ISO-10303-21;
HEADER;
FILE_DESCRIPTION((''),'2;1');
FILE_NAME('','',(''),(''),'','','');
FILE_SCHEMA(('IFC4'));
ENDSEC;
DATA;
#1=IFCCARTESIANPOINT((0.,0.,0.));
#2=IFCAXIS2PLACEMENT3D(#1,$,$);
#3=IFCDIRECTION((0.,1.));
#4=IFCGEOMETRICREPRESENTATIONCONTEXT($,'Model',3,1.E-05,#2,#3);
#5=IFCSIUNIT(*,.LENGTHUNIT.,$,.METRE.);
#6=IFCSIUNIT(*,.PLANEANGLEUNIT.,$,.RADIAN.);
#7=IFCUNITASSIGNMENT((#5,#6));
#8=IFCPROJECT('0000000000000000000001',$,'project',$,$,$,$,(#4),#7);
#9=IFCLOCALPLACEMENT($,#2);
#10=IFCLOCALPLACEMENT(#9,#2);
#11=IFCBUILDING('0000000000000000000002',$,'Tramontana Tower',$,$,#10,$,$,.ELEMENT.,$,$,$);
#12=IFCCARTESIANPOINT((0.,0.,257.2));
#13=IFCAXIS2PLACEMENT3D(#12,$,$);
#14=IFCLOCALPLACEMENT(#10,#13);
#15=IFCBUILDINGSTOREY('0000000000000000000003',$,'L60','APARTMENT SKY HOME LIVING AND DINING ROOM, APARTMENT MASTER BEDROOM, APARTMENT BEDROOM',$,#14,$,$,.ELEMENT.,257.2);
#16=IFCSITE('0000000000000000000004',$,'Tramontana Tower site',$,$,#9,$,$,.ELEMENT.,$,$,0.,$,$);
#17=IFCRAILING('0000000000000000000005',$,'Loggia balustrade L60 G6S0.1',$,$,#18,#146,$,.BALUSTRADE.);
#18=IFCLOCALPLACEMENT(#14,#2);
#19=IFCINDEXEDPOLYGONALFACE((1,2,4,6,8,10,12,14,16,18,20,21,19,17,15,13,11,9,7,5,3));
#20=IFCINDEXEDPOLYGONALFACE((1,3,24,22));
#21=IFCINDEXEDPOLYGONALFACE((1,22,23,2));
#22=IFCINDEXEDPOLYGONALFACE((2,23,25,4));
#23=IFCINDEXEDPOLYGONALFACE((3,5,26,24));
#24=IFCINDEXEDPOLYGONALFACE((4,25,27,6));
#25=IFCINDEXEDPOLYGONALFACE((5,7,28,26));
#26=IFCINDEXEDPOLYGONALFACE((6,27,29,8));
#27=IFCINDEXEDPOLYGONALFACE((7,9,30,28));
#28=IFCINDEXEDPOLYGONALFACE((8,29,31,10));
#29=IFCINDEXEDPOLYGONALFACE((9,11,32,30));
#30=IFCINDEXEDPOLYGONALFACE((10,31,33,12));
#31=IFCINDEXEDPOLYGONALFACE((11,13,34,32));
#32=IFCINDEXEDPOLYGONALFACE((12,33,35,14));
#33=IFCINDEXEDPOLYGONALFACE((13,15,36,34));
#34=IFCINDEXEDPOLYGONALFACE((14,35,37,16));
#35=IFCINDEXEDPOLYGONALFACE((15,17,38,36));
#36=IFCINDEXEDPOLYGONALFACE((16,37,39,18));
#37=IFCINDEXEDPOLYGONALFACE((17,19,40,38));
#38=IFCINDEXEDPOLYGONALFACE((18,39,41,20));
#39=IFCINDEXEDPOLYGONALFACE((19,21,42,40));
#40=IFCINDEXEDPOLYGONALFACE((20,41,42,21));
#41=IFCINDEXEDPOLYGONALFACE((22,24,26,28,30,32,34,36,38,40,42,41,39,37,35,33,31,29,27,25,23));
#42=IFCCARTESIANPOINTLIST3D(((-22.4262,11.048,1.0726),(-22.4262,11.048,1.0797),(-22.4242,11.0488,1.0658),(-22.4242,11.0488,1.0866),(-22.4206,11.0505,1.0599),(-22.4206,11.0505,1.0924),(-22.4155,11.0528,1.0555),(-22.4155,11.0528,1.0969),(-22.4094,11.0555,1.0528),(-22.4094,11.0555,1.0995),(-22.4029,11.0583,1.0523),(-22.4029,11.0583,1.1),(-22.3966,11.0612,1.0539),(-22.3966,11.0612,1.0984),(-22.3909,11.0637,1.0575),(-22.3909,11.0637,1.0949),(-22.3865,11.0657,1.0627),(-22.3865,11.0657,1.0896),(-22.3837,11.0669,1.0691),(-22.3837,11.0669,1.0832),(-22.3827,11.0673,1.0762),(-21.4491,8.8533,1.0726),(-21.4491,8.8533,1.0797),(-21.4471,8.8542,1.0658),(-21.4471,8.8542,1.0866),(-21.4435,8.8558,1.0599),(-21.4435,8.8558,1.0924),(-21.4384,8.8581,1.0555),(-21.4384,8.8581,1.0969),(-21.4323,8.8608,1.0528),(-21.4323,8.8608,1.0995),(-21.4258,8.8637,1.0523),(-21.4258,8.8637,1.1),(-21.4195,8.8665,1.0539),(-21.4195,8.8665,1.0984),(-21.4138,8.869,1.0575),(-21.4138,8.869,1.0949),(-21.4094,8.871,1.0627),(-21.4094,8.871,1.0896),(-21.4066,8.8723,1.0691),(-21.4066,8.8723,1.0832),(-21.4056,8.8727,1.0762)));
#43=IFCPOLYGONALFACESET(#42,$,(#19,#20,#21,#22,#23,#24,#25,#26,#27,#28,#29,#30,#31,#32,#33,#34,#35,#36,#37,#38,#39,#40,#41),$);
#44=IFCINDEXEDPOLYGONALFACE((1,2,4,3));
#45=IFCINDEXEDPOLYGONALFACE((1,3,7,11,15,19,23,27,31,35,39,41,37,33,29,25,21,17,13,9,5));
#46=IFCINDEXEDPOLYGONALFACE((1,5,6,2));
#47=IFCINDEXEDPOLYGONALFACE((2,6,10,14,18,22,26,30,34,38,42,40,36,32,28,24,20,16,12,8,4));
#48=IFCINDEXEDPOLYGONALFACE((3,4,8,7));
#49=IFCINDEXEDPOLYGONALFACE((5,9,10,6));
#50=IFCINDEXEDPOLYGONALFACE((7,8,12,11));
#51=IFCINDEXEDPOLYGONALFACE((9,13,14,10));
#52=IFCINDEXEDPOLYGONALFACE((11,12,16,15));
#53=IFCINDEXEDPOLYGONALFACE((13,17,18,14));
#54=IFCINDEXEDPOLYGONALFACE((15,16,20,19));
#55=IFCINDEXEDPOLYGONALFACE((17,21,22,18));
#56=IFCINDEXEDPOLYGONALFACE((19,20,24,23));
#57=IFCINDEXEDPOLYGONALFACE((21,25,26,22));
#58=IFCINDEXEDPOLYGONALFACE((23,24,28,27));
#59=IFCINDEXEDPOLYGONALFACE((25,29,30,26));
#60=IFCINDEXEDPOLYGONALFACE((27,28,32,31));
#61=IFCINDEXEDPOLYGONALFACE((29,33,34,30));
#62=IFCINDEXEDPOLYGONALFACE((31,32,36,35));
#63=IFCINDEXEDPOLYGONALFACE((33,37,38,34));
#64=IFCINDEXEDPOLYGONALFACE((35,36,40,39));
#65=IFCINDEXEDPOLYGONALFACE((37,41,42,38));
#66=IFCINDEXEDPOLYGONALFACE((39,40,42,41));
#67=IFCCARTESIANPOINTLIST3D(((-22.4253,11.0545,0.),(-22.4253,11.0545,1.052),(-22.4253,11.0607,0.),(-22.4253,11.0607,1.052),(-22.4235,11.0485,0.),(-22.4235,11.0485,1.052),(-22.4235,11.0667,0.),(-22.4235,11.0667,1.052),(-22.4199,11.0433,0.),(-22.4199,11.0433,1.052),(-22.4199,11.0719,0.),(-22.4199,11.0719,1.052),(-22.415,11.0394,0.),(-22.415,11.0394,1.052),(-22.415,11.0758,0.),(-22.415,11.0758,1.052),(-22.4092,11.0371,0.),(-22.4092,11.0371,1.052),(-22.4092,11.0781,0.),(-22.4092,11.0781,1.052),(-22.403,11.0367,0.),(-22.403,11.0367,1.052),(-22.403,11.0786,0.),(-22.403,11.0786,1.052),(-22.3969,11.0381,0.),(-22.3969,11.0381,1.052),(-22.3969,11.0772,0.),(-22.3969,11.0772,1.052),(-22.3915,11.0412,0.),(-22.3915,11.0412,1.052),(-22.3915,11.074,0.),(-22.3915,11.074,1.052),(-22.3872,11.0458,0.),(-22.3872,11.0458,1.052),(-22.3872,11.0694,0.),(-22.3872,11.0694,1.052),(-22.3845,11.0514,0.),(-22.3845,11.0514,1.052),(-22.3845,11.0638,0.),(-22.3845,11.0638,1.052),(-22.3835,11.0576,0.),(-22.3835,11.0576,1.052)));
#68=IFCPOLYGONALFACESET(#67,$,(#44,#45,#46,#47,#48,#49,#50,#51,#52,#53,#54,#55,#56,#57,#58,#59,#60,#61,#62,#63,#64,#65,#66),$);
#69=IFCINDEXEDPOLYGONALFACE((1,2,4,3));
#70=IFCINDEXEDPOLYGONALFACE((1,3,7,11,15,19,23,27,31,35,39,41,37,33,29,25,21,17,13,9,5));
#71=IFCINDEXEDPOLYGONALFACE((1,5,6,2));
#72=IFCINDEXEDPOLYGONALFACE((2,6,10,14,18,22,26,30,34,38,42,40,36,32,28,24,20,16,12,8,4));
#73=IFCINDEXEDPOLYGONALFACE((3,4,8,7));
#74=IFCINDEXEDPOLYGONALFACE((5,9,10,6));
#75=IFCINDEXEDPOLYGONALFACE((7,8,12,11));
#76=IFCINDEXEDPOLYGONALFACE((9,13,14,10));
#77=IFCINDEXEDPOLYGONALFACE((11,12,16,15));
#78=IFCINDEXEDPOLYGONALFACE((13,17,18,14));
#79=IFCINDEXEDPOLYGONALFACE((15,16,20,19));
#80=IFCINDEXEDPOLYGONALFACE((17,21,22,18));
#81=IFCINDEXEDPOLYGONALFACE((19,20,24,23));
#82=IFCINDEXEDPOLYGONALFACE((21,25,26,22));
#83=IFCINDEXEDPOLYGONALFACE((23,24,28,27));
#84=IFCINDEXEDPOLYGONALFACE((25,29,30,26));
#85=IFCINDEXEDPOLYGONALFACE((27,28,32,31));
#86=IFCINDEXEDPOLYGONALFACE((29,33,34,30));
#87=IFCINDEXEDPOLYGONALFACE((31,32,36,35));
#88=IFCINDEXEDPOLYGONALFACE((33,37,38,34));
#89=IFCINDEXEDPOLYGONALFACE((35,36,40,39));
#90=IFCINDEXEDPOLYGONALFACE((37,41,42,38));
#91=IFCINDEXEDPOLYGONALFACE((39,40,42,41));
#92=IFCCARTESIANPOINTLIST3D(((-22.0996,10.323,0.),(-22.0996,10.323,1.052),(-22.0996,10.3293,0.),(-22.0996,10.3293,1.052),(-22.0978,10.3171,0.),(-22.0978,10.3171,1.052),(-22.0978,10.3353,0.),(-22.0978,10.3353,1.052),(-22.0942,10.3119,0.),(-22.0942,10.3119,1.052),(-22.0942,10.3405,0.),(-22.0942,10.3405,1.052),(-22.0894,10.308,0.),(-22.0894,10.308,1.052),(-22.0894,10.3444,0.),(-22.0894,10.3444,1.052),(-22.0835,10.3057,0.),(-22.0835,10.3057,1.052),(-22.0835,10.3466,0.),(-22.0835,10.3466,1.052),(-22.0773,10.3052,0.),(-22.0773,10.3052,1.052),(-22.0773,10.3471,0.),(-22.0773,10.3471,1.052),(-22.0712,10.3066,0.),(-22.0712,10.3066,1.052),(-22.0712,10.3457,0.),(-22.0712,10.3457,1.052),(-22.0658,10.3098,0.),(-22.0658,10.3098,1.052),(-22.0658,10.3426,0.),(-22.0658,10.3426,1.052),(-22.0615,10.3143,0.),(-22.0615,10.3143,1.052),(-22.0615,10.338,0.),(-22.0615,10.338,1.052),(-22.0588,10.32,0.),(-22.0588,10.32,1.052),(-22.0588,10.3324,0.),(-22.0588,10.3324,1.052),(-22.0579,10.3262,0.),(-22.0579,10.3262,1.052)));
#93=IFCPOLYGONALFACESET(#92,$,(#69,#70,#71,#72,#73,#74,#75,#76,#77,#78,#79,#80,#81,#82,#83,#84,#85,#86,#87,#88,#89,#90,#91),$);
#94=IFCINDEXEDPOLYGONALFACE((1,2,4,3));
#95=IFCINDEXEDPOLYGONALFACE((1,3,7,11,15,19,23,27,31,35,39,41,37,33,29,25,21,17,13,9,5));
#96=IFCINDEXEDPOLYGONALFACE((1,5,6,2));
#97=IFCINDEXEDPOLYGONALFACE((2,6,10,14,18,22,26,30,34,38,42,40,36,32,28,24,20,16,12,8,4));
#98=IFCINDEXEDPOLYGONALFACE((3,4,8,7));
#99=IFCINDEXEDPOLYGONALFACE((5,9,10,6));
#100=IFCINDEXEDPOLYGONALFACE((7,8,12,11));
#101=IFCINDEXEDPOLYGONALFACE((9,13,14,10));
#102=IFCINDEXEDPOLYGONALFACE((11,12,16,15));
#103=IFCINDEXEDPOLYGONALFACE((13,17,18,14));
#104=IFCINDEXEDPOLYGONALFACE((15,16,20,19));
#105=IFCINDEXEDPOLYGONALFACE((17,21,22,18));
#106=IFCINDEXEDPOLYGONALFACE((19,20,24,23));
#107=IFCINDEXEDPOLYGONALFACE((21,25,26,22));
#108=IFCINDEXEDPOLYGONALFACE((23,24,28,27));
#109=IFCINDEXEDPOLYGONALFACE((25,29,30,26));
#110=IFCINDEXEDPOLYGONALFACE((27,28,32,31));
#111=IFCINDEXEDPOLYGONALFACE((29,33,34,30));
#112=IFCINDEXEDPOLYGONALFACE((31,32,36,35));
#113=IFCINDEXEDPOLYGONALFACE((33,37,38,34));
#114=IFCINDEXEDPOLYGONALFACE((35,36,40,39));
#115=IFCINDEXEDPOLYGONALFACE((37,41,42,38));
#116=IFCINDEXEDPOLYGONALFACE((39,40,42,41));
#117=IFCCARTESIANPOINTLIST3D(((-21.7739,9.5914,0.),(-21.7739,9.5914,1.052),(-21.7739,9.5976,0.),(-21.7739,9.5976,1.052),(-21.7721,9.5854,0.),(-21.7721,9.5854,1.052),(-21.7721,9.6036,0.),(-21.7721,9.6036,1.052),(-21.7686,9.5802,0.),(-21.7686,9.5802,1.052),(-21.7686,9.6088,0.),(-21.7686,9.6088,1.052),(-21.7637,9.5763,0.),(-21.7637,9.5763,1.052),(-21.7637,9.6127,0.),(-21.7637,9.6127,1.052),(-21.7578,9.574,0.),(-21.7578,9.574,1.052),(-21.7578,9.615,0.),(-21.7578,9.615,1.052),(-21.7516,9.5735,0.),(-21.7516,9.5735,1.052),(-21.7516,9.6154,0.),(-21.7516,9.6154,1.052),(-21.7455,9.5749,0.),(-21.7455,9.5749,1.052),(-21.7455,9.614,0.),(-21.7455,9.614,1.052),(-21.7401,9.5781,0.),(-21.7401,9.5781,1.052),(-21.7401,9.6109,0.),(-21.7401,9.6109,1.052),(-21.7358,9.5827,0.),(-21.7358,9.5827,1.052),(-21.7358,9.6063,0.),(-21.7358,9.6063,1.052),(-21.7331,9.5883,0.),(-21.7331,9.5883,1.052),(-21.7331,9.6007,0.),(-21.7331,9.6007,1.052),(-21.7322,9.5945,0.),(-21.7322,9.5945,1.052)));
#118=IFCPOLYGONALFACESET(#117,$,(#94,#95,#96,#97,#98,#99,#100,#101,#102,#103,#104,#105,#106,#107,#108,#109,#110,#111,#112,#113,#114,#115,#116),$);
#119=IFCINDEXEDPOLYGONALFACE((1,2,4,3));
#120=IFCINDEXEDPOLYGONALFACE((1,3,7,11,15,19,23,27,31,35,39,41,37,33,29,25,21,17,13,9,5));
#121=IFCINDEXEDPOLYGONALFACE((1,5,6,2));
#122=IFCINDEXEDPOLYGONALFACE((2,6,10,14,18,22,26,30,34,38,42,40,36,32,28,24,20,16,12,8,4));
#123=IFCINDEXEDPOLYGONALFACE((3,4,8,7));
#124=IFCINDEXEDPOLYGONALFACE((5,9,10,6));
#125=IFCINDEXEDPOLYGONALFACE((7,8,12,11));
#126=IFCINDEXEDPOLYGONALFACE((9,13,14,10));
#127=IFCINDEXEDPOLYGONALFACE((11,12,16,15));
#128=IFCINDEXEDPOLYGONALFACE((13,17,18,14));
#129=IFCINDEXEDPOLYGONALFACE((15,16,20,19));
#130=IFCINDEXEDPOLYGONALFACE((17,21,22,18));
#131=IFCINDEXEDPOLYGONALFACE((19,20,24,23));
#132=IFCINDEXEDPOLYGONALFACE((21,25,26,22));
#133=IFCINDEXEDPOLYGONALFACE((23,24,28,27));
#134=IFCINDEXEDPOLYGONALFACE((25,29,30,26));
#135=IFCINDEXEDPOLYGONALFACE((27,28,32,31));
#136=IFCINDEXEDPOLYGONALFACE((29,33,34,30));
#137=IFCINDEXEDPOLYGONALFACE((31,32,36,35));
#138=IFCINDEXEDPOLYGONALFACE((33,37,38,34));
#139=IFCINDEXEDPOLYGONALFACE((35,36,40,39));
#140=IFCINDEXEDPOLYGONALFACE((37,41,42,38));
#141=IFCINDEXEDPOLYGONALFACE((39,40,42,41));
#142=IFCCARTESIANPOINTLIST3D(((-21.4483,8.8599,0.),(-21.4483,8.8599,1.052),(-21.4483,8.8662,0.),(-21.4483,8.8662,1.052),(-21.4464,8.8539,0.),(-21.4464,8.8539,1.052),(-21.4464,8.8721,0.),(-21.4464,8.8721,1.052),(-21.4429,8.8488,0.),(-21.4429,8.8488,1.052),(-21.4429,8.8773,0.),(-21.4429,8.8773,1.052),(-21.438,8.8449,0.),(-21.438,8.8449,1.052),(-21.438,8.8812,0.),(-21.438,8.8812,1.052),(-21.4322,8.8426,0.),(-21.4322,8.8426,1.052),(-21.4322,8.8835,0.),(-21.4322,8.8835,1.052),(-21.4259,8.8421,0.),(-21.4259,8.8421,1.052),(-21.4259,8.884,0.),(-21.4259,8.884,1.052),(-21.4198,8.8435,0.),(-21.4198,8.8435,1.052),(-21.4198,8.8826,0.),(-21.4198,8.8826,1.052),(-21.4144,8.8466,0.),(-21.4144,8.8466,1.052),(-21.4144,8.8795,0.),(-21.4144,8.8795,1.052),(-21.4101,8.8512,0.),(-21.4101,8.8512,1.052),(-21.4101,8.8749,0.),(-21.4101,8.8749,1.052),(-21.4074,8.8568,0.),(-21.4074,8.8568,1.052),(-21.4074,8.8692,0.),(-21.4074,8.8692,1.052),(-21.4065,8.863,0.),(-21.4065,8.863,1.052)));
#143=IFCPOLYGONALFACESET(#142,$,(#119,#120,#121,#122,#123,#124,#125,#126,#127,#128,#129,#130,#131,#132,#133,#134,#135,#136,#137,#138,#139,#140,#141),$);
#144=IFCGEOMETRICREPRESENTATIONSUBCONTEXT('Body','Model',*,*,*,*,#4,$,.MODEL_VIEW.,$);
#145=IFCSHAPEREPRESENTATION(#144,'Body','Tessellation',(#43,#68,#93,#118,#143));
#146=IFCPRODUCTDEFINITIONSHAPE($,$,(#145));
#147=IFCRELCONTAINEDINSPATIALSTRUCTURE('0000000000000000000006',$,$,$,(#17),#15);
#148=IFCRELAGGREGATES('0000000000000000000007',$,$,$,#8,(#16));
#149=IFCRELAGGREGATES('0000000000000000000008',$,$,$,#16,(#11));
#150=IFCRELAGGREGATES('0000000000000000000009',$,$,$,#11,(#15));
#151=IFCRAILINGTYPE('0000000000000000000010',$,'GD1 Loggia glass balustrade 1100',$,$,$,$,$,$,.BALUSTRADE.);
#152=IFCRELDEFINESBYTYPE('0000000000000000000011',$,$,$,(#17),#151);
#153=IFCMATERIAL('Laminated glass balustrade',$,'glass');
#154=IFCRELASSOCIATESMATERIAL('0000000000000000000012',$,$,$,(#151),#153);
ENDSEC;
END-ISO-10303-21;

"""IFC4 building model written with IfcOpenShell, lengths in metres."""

from ifc_helpers import new_model, si_unit, direction, frame, origin, origin_2d, place, context, subcontext, project, spatial, circle, extrude, material, type_object, element, save


model = new_model("IFC4")

# Units and contexts
model_context = context("Model", 3, precision=1e-05, world=origin(), true_north=direction((0.0, 1.0)))
body_context = subcontext(model_context, "Body", "Model", "MODEL_VIEW")
ifc_project = project(units=[si_unit("LENGTHUNIT", "METRE"), si_unit("PLANEANGLEUNIT", "RADIAN")], contexts=[model_context])

# Site, building, storey
site_placement = place(None, origin())
site = spatial("IfcSite", under=ifc_project, at=site_placement, Name="Tramontana Tower site", CompositionType="ELEMENT", RefElevation=0.0)
building_placement = place(site_placement, origin())
building = spatial("IfcBuilding", under=site, at=building_placement, Name="Tramontana Tower", CompositionType="ELEMENT")
storey_placement = place(building_placement, frame((0.0, 0.0, 257.2)))
storey = spatial("IfcBuildingStorey", under=building, at=storey_placement, Name="L60", Description="APARTMENT SKY HOME LIVING AND DINING ROOM, APARTMENT MASTER BEDROOM, APARTMENT BEDROOM", CompositionType="ELEMENT", Elevation=257.2)

# Railing
ifc_material_1 = material(Name="Laminated glass balustrade", Category="glass")
railing_type = type_object("IfcRailingType", Name="GD1 Loggia glass balustrade 1100", PredefinedType="BALUSTRADE", material=ifc_material_1)
railing_placement = place(storey_placement, frame((-22.4045, 11.0576, 0.0)))
element("IfcRailing", 1, at=railing_placement, inside=storey, type_object=railing_type, Name="Loggia balustrade L60 G6S0.1", PredefinedType="BALUSTRADE", context=body_context, shape_type="SweptSolid", body=[
    extrude(circle(Radius=0.0239, at=origin_2d()), frame((0.0, 0.0, 1.0762), z_axis=(0.406723, -0.913552, 0.0), x_axis=(0.913552, 0.406723, 0.0)), (0.0, 0.0, 1.0), 2.4023),
    extrude(circle(Radius=0.021, at=origin_2d()), origin(), (0.0, 0.0, 1.0), 1.052),
    extrude(circle(Radius=0.021, at=origin_2d()), frame((0.3257, -0.7314, 0.0)), (0.0, 0.0, 1.0), 1.052),
    extrude(circle(Radius=0.021, at=origin_2d()), frame((0.6514, -1.4631, 0.0)), (0.0, 0.0, 1.0), 1.052),
    extrude(circle(Radius=0.021, at=origin_2d()), frame((0.9771, -2.1946, 0.0)), (0.0, 0.0, 1.0), 1.052),
])

save(model, "model.ifc")
